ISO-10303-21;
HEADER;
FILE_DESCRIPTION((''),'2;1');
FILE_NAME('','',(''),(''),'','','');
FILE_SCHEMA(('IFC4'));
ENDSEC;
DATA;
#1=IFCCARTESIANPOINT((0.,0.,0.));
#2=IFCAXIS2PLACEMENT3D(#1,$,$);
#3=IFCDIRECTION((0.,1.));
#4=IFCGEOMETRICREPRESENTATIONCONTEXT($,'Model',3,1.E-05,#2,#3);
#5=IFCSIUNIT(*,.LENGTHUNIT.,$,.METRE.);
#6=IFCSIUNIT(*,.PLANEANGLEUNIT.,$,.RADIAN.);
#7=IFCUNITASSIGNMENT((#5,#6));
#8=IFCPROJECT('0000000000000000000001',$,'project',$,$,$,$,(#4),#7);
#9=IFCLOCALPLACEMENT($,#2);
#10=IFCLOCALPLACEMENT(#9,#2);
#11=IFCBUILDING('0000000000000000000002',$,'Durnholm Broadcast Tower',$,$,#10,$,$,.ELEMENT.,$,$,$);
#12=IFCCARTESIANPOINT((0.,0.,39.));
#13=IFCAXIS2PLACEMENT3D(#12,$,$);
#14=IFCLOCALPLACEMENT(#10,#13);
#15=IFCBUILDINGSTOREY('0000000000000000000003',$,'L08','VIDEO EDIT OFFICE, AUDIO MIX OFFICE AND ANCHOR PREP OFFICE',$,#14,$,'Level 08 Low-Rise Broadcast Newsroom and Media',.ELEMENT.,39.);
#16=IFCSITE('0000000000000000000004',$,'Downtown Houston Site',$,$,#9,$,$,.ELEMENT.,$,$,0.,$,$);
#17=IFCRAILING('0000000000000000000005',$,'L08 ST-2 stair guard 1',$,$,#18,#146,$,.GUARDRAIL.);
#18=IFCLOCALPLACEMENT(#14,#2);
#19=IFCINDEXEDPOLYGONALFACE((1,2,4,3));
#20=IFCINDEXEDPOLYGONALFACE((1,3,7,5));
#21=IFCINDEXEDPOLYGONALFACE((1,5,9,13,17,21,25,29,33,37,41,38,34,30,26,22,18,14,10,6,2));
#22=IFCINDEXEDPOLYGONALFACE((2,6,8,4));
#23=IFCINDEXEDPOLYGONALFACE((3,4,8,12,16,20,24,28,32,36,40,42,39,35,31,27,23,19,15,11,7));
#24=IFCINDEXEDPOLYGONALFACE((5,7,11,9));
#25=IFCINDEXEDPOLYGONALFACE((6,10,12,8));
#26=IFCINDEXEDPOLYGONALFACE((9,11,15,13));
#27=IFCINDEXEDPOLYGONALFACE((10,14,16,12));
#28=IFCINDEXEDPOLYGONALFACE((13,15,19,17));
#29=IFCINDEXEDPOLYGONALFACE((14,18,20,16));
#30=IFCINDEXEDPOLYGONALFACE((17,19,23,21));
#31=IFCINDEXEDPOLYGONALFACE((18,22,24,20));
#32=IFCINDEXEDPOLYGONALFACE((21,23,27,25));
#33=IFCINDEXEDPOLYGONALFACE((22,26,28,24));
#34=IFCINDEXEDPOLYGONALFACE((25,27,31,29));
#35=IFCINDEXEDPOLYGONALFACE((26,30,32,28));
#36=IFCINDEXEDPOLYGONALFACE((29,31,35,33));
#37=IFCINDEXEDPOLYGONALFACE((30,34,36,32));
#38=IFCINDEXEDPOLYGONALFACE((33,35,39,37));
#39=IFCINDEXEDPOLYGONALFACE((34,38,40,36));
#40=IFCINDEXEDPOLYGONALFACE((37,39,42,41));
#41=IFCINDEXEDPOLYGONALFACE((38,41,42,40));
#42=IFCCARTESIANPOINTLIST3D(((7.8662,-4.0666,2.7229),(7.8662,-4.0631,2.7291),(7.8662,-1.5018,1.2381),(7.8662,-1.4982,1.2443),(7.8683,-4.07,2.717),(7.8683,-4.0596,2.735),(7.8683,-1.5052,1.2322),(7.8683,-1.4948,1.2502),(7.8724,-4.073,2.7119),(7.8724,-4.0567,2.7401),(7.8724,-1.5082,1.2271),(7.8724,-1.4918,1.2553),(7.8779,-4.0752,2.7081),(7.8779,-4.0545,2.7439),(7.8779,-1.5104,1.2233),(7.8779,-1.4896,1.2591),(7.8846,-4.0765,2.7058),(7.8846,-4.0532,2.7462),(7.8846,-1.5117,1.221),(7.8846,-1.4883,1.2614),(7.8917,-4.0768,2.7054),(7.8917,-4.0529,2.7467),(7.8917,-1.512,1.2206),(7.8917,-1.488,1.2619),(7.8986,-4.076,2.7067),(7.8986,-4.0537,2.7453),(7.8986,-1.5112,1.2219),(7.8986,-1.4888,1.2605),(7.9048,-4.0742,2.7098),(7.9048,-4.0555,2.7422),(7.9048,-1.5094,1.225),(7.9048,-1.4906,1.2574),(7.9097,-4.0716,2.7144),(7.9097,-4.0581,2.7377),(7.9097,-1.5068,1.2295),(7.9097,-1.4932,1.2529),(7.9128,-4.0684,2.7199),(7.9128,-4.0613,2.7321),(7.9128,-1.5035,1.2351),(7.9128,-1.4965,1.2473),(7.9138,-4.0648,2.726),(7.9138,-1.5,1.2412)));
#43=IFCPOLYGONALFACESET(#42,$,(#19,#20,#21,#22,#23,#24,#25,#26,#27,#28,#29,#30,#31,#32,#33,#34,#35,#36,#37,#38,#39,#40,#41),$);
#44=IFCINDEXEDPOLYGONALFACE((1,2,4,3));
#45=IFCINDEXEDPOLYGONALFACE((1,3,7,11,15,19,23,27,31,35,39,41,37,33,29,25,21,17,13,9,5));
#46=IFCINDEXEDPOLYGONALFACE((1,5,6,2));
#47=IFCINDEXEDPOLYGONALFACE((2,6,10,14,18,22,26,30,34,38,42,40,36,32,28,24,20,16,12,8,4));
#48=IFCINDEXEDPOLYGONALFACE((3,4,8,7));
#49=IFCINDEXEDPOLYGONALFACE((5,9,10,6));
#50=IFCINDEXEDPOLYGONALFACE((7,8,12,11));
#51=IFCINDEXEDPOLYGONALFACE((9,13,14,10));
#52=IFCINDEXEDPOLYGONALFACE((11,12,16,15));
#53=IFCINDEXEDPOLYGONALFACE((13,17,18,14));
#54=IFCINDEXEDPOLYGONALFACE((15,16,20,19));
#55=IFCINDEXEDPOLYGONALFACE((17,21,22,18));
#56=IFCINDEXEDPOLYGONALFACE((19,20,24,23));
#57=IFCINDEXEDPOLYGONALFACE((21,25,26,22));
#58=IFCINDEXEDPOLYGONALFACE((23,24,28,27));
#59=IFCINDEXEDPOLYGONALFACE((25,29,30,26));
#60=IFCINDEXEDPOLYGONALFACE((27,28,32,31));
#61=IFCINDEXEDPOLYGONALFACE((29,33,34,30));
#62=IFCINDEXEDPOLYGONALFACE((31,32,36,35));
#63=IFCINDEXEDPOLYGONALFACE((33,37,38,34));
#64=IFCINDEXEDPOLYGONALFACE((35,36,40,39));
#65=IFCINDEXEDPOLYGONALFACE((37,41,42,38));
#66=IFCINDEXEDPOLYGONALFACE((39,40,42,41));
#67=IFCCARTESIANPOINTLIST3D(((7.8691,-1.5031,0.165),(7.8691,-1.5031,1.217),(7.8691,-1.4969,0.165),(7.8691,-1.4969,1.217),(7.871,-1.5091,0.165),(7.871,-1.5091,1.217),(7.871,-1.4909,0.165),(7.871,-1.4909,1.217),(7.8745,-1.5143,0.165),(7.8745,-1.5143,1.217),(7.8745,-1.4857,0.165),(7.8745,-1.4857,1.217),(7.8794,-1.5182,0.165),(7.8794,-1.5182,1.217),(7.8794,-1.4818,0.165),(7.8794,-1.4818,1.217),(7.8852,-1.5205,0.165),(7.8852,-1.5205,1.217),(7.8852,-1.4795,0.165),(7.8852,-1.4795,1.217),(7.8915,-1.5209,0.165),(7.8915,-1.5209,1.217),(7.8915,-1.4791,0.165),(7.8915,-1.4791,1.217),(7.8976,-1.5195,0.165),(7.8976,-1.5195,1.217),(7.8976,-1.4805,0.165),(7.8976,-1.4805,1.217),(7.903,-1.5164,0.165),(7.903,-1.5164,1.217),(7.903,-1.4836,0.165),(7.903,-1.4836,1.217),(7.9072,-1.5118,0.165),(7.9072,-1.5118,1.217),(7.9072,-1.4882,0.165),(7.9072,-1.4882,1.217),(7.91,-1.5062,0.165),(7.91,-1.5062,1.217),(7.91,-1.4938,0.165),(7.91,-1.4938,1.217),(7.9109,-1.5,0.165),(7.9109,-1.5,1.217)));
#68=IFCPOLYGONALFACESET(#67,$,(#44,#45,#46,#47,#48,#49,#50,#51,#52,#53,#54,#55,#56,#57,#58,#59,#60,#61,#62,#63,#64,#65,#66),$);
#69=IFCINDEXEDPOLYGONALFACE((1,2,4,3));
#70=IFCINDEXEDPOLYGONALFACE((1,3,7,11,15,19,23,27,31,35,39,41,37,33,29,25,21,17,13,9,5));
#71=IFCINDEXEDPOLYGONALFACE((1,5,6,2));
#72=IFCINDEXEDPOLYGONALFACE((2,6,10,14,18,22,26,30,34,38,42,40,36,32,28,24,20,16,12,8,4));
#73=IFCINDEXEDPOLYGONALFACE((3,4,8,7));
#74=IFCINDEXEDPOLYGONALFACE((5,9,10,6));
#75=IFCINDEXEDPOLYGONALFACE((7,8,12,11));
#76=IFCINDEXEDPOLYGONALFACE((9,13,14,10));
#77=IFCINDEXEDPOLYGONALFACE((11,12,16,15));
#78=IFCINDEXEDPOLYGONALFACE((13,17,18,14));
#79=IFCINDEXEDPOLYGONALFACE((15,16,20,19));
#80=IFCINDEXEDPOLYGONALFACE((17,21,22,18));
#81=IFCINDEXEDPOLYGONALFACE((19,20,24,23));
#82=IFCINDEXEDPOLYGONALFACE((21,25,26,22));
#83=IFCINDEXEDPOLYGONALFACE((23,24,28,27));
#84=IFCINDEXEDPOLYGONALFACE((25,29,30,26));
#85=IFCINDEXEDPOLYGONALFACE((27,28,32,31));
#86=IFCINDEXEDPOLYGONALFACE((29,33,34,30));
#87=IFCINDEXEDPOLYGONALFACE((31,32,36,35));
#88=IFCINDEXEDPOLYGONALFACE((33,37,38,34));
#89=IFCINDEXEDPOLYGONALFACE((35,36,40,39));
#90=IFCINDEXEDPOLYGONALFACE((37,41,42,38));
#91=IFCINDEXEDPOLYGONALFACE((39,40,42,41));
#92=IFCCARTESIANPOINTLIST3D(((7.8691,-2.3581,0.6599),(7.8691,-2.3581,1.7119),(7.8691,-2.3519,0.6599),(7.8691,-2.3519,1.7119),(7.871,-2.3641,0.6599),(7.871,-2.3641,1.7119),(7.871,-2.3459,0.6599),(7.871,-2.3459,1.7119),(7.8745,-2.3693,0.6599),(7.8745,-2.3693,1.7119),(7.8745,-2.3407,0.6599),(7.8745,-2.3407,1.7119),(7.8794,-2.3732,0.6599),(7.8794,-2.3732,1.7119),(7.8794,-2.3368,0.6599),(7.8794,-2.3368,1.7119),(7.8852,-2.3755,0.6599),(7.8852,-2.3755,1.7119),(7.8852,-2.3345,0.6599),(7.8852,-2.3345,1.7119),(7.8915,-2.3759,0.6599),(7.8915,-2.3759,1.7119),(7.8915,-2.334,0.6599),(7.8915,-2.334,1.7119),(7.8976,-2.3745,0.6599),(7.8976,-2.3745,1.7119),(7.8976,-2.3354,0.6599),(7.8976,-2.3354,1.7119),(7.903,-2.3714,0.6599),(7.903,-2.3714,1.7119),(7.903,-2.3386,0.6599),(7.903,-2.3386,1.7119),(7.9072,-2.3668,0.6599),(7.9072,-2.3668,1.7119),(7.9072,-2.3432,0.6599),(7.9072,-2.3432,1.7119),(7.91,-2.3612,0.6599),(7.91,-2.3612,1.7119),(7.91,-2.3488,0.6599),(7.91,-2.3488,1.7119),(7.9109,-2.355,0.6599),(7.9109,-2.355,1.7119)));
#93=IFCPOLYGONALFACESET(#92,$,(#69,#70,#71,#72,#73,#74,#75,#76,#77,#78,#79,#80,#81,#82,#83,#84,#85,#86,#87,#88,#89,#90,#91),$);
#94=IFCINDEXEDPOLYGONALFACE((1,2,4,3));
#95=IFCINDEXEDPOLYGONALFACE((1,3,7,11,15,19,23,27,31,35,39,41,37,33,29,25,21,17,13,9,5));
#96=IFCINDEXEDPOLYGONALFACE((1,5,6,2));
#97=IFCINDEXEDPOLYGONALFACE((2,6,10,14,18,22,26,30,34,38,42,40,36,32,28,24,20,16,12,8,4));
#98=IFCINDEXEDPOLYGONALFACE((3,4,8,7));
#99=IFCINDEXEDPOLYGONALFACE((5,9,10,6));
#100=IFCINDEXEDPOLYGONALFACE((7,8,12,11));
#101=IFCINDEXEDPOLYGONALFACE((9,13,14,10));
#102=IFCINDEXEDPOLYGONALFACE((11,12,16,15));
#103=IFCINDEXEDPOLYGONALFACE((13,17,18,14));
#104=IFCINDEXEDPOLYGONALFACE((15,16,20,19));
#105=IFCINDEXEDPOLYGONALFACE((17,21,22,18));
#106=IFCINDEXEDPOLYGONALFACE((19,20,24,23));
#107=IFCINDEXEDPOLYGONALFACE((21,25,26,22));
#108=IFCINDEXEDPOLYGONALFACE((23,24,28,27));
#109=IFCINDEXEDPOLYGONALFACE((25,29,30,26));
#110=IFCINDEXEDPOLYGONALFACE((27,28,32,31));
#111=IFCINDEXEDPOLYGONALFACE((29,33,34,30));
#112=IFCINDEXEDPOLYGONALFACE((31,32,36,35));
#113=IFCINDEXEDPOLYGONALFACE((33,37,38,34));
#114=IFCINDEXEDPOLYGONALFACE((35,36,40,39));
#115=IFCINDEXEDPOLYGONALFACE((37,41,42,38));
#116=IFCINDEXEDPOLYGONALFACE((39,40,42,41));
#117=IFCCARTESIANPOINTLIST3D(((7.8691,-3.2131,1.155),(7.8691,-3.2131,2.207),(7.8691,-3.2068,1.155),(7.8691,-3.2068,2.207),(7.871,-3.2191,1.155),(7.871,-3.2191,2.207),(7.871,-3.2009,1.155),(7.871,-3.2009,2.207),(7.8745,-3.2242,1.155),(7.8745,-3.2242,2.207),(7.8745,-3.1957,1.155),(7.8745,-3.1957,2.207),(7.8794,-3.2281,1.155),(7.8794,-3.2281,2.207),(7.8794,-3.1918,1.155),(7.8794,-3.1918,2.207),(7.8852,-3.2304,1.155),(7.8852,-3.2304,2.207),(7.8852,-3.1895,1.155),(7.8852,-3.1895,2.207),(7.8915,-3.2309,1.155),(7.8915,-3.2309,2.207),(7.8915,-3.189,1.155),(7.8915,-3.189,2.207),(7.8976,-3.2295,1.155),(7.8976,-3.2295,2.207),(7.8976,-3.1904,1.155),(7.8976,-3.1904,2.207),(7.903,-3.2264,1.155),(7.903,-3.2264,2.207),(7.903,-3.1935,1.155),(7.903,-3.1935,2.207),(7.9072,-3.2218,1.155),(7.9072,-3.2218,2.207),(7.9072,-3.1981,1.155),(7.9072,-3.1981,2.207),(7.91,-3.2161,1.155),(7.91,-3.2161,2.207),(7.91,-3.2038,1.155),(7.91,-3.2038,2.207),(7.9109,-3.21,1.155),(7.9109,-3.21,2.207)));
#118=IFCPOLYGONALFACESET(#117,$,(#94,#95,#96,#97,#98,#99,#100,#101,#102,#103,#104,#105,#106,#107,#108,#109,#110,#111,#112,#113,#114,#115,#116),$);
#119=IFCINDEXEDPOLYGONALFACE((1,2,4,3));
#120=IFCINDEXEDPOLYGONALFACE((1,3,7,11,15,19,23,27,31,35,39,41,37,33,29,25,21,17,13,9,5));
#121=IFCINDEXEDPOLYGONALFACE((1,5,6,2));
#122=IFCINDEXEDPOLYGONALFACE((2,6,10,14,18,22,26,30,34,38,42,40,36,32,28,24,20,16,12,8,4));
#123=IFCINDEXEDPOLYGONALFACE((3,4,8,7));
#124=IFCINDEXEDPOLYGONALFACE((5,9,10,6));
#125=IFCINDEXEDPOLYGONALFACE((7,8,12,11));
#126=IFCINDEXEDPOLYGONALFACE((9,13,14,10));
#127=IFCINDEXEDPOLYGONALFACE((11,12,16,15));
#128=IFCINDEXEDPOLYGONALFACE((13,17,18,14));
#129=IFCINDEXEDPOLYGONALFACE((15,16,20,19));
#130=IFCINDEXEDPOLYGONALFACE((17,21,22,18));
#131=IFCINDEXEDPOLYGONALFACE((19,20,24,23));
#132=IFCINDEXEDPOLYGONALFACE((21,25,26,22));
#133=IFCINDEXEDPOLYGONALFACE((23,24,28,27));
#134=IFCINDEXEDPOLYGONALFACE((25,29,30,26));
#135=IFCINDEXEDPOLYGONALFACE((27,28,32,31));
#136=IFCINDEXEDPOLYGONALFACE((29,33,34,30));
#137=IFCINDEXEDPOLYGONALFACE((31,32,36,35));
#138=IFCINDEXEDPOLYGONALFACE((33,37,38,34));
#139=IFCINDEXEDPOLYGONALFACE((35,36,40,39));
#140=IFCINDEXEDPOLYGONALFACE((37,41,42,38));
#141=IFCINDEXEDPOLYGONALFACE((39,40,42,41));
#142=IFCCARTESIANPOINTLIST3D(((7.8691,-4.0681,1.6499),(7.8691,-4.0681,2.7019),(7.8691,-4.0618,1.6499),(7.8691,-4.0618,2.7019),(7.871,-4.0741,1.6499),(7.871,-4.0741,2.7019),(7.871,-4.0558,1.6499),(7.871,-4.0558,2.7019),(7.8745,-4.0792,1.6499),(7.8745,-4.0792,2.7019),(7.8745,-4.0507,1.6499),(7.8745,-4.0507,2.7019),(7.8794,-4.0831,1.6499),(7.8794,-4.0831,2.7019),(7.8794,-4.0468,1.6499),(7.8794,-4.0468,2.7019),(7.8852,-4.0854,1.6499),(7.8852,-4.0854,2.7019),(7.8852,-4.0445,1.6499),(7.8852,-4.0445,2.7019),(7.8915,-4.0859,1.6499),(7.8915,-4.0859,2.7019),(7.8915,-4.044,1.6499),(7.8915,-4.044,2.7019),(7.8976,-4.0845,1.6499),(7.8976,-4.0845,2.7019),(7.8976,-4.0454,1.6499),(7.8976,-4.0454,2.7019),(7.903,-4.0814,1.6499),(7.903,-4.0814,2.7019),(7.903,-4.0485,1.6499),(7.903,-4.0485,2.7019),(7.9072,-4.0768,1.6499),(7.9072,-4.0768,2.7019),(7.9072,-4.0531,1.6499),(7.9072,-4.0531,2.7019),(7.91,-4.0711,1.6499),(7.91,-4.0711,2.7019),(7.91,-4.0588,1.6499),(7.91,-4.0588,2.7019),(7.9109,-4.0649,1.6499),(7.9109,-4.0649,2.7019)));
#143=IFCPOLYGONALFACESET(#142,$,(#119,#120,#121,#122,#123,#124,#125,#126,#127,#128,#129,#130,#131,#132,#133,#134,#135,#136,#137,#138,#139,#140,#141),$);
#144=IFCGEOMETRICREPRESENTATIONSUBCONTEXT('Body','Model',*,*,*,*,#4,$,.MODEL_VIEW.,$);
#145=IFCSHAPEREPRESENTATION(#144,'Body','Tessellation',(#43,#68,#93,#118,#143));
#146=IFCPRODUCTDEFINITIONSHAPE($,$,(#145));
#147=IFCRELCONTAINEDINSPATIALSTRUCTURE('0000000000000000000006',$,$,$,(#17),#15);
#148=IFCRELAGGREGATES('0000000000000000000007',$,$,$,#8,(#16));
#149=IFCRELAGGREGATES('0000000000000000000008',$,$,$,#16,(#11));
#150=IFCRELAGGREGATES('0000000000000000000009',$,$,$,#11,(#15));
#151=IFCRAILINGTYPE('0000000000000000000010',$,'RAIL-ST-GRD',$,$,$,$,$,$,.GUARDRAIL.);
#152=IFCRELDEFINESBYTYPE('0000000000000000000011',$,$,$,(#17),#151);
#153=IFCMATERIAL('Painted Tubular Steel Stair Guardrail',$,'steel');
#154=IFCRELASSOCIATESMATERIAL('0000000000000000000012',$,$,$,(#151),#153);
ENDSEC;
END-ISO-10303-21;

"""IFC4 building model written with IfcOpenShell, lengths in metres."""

from ifc_helpers import new_model, si_unit, direction, frame, origin, origin_2d, place, context, subcontext, project, spatial, circle, extrude, material, type_object, element, save


model = new_model("IFC4")

# Units and contexts
model_context = context("Model", 3, precision=1e-05, world=origin(), true_north=direction((0.0, 1.0)))
body_context = subcontext(model_context, "Body", "Model", "MODEL_VIEW")
ifc_project = project(units=[si_unit("LENGTHUNIT", "METRE"), si_unit("PLANEANGLEUNIT", "RADIAN")], contexts=[model_context])

# Site, building, storey
site_placement = place(None, origin())
site = spatial("IfcSite", under=ifc_project, at=site_placement, Name="Downtown Houston Site", CompositionType="ELEMENT", RefElevation=0.0)
building_placement = place(site_placement, origin())
building = spatial("IfcBuilding", under=site, at=building_placement, Name="Durnholm Broadcast Tower", CompositionType="ELEMENT")
storey_placement = place(building_placement, frame((0.0, 0.0, 39.0)))
storey = spatial("IfcBuildingStorey", under=building, at=storey_placement, Name="L08", Description="VIDEO EDIT OFFICE, AUDIO MIX OFFICE AND ANCHOR PREP OFFICE", LongName="Level 08 Low-Rise Broadcast Newsroom and Media", CompositionType="ELEMENT", Elevation=39.0)

# Railing
ifc_material_1 = material(Name="Painted Tubular Steel Stair Guardrail", Category="steel")
railing_type_1 = type_object("IfcRailingType", Name="RAIL-ST-GRD", PredefinedType="GUARDRAIL", material=ifc_material_1)
railing_1_placement = place(storey_placement, frame((7.8899, -1.5, 0.165)))
element("IfcRailing", 1, at=railing_1_placement, inside=storey, type_object=railing_type_1, Name="L08 ST-2 stair guard 1", PredefinedType="GUARDRAIL", context=body_context, shape_type="SweptSolid", body=[
    extrude(circle(Radius=0.0239, at=origin_2d()), frame((0.0, 0.0, 1.0762), z_axis=(0.0, -0.865441, 0.50101), x_axis=(1.0, 0.0, 0.0)), (0.0, 0.0, 1.0), 2.9636),
    extrude(circle(Radius=0.021, at=origin_2d()), origin(), (0.0, 0.0, 1.0), 1.052),
    extrude(circle(Radius=0.021, at=origin_2d()), frame((0.0, -0.855, 0.4949)), (0.0, 0.0, 1.0), 1.052),
    extrude(circle(Radius=0.021, at=origin_2d()), frame((0.0, -1.71, 0.99)), (0.0, 0.0, 1.0), 1.052),
    extrude(circle(Radius=0.021, at=origin_2d()), frame((0.0, -2.5649, 1.4849)), (0.0, 0.0, 1.0), 1.052),
])

save(model, "model.ifc")
